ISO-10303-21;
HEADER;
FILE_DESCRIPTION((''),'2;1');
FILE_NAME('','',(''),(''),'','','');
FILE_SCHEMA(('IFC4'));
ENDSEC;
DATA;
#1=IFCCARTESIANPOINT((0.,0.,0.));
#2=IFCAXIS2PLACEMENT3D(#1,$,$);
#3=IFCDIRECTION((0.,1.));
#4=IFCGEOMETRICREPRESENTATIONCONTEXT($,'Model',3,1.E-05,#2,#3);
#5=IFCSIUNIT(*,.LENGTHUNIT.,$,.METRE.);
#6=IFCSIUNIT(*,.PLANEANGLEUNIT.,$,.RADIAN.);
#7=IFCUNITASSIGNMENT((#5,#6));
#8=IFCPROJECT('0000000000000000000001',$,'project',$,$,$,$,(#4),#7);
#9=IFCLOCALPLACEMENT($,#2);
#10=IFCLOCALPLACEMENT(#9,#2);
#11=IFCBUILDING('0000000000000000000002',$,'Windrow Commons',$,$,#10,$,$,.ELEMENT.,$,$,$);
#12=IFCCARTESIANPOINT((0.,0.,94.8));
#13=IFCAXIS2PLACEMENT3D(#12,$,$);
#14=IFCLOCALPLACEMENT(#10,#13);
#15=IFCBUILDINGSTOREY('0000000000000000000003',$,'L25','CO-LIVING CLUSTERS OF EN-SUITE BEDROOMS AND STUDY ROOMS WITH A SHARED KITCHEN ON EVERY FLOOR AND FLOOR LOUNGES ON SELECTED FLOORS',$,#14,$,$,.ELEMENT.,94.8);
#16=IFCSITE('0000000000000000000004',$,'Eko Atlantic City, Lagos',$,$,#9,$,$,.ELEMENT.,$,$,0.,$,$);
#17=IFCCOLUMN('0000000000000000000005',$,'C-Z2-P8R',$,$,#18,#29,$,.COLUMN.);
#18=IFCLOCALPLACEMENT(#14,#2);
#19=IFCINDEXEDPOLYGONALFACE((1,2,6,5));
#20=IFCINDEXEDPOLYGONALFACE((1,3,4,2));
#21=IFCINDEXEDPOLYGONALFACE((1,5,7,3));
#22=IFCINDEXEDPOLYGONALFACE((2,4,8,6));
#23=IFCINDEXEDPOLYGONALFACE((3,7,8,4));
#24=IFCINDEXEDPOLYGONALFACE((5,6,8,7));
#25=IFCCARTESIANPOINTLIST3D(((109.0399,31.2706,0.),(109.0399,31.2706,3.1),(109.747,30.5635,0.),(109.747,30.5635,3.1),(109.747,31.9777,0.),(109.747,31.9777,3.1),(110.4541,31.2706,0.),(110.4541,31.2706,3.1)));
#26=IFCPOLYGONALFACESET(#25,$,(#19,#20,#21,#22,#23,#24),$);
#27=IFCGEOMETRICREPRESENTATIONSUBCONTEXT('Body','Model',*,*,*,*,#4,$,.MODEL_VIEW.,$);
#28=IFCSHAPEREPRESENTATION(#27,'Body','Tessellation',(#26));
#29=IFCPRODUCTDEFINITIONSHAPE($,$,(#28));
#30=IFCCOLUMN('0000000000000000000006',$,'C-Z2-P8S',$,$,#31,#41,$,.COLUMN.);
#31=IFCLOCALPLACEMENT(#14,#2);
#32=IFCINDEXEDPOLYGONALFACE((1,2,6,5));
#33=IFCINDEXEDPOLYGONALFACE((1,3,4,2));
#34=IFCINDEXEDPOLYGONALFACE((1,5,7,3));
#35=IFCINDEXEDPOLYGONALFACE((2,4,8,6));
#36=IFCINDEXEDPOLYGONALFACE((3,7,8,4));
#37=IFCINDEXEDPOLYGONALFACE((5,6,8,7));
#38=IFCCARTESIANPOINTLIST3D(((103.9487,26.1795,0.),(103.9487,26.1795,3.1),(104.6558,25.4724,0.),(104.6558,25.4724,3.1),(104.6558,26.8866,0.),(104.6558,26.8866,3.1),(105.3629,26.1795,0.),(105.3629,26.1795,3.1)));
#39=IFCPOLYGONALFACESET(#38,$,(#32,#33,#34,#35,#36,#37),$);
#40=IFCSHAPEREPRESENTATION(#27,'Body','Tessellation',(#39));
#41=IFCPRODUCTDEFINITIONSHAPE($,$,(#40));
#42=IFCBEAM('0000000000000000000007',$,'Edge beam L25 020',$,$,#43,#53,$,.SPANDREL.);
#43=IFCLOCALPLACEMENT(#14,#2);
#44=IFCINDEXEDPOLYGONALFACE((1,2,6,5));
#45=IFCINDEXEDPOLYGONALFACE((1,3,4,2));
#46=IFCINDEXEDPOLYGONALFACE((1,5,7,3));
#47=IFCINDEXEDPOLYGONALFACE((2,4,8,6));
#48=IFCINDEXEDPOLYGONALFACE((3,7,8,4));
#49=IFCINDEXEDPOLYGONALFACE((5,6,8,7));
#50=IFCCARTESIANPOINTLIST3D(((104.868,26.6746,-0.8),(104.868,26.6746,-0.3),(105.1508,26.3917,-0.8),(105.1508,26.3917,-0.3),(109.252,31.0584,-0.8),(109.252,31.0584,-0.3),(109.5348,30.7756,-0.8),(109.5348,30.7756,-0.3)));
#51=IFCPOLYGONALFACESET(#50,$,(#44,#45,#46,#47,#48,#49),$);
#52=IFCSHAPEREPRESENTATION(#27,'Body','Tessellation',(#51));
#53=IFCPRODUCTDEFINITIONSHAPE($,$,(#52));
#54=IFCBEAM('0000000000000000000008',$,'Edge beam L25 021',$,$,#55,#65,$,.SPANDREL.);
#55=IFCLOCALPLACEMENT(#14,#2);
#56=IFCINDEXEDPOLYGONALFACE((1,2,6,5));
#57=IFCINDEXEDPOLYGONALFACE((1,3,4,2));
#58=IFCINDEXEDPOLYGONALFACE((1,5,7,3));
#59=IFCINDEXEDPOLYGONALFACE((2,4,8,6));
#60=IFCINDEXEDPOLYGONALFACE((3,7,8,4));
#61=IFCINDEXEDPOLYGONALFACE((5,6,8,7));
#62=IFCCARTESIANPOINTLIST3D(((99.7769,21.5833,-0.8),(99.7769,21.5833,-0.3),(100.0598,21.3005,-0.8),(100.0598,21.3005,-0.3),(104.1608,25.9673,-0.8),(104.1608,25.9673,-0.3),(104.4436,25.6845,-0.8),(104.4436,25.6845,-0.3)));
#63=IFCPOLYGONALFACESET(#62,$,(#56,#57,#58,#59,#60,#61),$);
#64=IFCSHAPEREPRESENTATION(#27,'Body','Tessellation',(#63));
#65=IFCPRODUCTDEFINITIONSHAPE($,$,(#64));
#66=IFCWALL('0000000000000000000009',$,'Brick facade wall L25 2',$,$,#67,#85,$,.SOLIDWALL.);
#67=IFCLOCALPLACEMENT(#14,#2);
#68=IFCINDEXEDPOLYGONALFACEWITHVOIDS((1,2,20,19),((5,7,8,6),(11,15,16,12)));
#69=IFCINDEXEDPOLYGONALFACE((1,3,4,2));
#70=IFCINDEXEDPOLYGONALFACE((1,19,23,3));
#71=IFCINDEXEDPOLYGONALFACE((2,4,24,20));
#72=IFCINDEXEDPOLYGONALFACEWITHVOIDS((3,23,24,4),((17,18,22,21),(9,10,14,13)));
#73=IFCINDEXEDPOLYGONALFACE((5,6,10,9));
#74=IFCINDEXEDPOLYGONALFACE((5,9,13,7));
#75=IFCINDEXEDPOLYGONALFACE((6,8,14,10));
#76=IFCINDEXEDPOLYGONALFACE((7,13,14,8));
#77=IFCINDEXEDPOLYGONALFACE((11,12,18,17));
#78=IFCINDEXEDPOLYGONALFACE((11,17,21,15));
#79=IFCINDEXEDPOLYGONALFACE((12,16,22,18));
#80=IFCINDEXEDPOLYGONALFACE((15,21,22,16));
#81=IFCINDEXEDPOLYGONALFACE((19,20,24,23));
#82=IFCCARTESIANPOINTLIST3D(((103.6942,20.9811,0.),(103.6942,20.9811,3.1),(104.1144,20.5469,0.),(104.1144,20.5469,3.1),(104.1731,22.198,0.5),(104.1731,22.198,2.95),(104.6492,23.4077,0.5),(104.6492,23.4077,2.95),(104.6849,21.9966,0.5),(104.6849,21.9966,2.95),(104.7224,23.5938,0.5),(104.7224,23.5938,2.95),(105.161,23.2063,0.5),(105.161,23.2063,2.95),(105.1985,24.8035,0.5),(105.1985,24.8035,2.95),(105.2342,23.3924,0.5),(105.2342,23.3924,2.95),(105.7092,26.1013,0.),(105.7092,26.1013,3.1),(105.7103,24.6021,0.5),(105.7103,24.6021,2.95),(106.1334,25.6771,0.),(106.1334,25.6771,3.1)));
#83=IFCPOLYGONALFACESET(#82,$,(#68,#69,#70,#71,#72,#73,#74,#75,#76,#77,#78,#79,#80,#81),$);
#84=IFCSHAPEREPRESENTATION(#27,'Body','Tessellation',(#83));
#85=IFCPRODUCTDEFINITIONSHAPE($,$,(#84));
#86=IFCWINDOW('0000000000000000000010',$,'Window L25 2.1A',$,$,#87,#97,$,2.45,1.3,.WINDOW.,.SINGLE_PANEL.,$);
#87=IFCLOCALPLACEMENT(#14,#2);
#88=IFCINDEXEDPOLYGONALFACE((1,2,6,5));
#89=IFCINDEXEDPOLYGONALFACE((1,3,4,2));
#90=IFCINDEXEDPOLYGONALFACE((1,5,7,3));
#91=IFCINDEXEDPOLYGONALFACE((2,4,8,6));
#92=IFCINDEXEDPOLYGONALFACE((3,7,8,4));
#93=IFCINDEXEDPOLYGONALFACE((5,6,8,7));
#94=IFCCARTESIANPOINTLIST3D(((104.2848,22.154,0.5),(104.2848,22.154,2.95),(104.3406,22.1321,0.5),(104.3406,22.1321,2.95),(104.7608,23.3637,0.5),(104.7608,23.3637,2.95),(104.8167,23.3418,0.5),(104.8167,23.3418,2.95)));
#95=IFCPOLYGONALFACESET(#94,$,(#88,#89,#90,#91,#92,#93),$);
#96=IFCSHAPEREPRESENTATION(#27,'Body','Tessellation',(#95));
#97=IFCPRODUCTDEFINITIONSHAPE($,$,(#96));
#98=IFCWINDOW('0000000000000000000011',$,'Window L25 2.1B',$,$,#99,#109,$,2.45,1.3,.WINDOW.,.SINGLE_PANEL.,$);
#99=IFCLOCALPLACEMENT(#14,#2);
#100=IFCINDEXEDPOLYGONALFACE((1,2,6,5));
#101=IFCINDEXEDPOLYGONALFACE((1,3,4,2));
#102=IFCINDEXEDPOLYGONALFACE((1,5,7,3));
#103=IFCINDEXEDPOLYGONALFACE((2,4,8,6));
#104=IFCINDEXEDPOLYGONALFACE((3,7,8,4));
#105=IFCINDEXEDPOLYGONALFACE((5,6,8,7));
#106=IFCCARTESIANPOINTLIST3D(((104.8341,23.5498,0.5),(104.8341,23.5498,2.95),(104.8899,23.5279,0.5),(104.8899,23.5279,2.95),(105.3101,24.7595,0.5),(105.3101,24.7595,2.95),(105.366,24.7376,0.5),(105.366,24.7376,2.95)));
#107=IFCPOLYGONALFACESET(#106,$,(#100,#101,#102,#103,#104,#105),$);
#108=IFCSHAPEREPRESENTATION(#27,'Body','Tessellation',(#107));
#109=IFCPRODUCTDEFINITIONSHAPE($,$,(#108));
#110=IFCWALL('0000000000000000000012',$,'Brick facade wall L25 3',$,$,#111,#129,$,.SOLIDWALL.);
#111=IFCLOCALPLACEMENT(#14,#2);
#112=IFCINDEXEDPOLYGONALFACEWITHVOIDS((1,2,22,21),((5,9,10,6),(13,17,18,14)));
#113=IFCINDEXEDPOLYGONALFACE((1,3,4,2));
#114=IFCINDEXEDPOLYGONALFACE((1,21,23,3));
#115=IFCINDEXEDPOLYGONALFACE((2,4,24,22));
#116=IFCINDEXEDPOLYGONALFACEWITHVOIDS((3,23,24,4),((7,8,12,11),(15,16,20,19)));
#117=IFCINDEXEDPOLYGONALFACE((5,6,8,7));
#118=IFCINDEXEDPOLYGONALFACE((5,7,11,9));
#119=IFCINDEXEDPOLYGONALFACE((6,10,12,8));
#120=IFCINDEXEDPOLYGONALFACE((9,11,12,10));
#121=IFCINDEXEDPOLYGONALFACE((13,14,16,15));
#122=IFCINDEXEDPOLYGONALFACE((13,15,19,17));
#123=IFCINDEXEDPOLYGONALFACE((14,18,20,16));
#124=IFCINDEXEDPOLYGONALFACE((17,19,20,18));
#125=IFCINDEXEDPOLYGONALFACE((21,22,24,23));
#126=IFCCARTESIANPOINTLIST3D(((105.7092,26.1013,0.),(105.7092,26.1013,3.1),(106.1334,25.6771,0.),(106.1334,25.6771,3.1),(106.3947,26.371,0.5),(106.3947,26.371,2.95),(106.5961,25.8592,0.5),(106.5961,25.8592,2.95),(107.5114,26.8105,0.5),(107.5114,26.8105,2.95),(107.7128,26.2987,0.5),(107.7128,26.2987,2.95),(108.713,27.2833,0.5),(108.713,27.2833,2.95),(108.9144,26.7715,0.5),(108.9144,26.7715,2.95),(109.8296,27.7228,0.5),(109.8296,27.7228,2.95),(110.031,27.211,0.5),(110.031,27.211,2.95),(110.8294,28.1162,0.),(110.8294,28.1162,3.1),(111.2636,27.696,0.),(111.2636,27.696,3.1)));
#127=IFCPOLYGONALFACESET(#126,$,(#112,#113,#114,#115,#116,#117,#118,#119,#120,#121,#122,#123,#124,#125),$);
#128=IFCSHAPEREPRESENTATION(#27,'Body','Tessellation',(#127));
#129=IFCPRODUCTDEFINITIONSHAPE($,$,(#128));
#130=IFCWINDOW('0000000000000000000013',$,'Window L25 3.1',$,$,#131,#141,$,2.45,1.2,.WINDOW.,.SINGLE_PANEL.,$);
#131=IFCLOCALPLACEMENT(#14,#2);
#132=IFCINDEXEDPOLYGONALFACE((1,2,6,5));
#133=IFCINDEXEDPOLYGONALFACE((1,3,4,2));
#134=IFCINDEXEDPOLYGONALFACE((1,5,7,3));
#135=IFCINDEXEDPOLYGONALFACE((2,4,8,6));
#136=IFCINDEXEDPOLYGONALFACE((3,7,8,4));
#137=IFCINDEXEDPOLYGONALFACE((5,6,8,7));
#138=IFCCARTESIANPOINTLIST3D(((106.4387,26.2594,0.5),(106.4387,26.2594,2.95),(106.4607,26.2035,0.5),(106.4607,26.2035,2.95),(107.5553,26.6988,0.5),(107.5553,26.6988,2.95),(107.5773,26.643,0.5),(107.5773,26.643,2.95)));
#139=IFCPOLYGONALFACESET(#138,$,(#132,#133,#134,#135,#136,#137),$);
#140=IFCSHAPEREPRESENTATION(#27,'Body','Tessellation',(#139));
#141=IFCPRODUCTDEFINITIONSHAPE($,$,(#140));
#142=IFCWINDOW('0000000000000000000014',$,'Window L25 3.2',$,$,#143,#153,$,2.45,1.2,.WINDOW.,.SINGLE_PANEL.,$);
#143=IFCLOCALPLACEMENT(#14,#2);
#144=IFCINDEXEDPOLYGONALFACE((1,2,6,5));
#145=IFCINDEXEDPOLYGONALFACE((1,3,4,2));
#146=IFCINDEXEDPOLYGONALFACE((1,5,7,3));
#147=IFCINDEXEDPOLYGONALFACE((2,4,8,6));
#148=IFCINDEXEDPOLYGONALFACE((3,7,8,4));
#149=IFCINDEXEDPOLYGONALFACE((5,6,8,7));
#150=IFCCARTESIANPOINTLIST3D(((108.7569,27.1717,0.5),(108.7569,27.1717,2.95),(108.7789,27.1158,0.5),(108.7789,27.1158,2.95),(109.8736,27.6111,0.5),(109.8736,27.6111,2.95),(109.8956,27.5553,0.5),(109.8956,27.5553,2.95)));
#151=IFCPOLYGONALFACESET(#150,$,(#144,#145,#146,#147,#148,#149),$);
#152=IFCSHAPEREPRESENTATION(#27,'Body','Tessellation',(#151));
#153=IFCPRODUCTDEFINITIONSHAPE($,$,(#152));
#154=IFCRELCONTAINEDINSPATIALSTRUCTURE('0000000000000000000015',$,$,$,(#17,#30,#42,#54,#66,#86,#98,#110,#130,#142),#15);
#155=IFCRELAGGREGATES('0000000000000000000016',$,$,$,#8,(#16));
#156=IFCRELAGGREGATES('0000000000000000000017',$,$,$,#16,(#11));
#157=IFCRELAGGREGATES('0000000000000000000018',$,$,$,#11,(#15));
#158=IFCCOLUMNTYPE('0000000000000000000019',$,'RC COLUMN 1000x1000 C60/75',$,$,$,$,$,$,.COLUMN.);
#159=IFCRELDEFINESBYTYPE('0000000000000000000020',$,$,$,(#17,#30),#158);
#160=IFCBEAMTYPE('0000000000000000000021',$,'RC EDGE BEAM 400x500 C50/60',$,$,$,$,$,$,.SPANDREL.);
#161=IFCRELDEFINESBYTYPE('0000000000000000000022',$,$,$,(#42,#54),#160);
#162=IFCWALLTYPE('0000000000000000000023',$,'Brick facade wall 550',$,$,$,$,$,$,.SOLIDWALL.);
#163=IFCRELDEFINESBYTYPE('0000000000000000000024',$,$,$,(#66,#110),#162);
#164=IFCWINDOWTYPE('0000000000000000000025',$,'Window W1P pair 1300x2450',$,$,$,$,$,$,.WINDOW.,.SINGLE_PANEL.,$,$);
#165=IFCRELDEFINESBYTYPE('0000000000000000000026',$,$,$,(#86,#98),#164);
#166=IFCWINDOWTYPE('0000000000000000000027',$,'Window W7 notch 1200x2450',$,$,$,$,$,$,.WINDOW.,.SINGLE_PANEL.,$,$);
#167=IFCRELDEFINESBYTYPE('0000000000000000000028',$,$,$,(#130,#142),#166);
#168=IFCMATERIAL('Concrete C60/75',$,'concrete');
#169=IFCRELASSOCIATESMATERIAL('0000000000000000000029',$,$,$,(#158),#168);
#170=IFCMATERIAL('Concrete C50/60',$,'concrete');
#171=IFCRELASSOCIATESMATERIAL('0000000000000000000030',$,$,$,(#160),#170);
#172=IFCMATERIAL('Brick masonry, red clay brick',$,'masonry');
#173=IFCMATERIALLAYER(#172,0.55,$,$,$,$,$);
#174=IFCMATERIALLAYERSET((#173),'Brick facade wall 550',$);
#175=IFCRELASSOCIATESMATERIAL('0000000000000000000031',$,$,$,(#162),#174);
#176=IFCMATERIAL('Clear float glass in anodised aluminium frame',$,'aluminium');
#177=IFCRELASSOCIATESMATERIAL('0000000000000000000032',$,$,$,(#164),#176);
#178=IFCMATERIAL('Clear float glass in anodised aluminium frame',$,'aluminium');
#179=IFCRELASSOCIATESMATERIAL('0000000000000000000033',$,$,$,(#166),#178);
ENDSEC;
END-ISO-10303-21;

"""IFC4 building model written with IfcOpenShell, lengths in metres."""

from ifc_helpers import new_model, si_unit, direction, frame, frame_2d, origin, origin_2d, place, context, subcontext, project, spatial, polyline, rectangle, outline, extrude, material, layer, layer_set, material_profile, profile_set, type_object, element, fill, save


model = new_model("IFC4")

# Units and contexts
model_context = context("Model", 3, precision=1e-05, world=origin(), true_north=direction((0.0, 1.0)))
body_context = subcontext(model_context, "Body", "Model", "MODEL_VIEW")
ifc_project = project(units=[si_unit("LENGTHUNIT", "METRE"), si_unit("PLANEANGLEUNIT", "RADIAN")], contexts=[model_context])

# Site, building, storey
site_placement = place(None, origin())
site = spatial("IfcSite", under=ifc_project, at=site_placement, Name="Eko Atlantic City, Lagos", CompositionType="ELEMENT", RefElevation=0.0)
building_placement = place(site_placement, origin())
building = spatial("IfcBuilding", under=site, at=building_placement, Name="Windrow Commons", CompositionType="ELEMENT")
storey_placement = place(building_placement, frame((0.0, 0.0, 94.8)))
storey = spatial("IfcBuildingStorey", under=building, at=storey_placement, Name="L25", Description="CO-LIVING CLUSTERS OF EN-SUITE BEDROOMS AND STUDY ROOMS WITH A SHARED KITCHEN ON EVERY FLOOR AND FLOOR LOUNGES ON SELECTED FLOORS", CompositionType="ELEMENT", Elevation=94.8)

# Columns
ifc_material_1 = material(Name="Concrete C60/75", Category="concrete")
ifc_material_profile_1 = material_profile(ifc_material_1, rectangle(XDim=1.0, YDim=1.0, at=origin_2d()))
ifc_profile_set_1 = profile_set([ifc_material_profile_1], Name="Concrete C60/75")
column_type = type_object("IfcColumnType", Name="RC COLUMN 1000x1000 C60/75", PredefinedType="COLUMN", material=ifc_profile_set_1)
for number, where, z_axis, x_axis, name in (
    (1, (109.747, 31.2706, 0.0), (0.0, 0.0, 1.0), (0.707107, -0.707107, 0.0), "C-Z2-P8R"),
    (2, (104.6558, 26.1795, 0.0), (0.0, 0.0, 1.0), (0.707107, -0.707107, 0.0), "C-Z2-P8S"),
):
    element("IfcColumn", number, at=place(storey_placement, frame(where, z_axis=z_axis, x_axis=x_axis)), inside=storey, type_object=column_type, Name=name, PredefinedType="COLUMN", context=body_context, shape_type="SweptSolid", body=[
        extrude(rectangle(XDim=1.0, YDim=1.0, at=origin_2d()), origin(), (0.0, 0.0, 1.0), 3.1),
    ])

# Beams
ifc_material_2 = material(Name="Concrete C50/60", Category="concrete")
ifc_material_profile_2 = material_profile(ifc_material_2, rectangle(XDim=0.4, YDim=0.5, at=origin_2d()))
ifc_profile_set_2 = profile_set([ifc_material_profile_2], Name="Concrete C50/60")
beam_type = type_object("IfcBeamType", Name="RC EDGE BEAM 400x500 C50/60", PredefinedType="SPANDREL", material=ifc_profile_set_2)
for number, where, z_axis, x_axis, name in (
    (3, (109.3934, 30.917, -0.55), (-0.707115, -0.707099, 0.0), (0.707099, -0.707115, 0.0), "Edge beam L25 020"),
    (4, (104.3022, 25.8259, -0.55), (-0.707099, -0.707115, 0.0), (0.707115, -0.707099, 0.0), "Edge beam L25 021"),
):
    element("IfcBeam", number, at=place(storey_placement, frame(where, z_axis=z_axis, x_axis=x_axis)), inside=storey, type_object=beam_type, Name=name, PredefinedType="SPANDREL", context=body_context, shape_type="SweptSolid", body=[
        extrude(rectangle(XDim=0.4, YDim=0.5, at=origin_2d()), origin(), (0.0, 0.0, 1.0), 6.1998),
    ])

# Walls, openings, windows
ifc_material_3 = material(Name="Brick masonry, red clay brick", Category="masonry")
ifc_layer_1 = layer(ifc_material_3, 0.55)
ifc_layer_set_1 = layer_set([ifc_layer_1], Name="Brick facade wall 550")
wall_type_1 = type_object("IfcWallType", Name="Brick facade wall 550", PredefinedType="SOLIDWALL", material=ifc_layer_set_1)
wall_1_placement = place(storey_placement, frame((103.9043, 20.764, 0.0), z_axis=(0.0, 0.0, 1.0), x_axis=(0.366207, 0.930533, 0.0)))
wall_1 = element("IfcWall", 5, at=wall_1_placement, inside=storey, type_object=wall_type_1, Name="Brick facade wall L25 2", PredefinedType="SOLIDWALL", context=body_context, shape_type="SweptSolid", body=[
    extrude(outline(polyline([(-0.1251, -0.275), (5.3881, -0.275), (5.6275, 0.275), (0.1251, 0.275), (-0.1251, -0.275)])), origin(), (0.0, 0.0, 1.0), 3.1),
])
opening_1_placement = place(wall_1_placement, frame((1.4328, 0.0, 0.5)))
opening_1 = element("IfcOpeningElement", 6, at=opening_1_placement, cuts=wall_1, PredefinedType="OPENING", context=body_context, shape_type="SweptSolid", body=[
    extrude(rectangle(XDim=1.3, YDim=2.45, at=frame_2d((0.65, 1.225))), frame((0.0, 0.285, 0.0), z_axis=(0.0, -1.0, 0.0), x_axis=(1.0, 0.0, 0.0)), (0.0, 0.0, 1.0), 0.57),
])
opening_2_placement = place(wall_1_placement, frame((2.9328, 0.0, 0.5)))
opening_2 = element("IfcOpeningElement", 7, at=opening_2_placement, cuts=wall_1, PredefinedType="OPENING", context=body_context, shape_type="SweptSolid", body=[
    extrude(rectangle(XDim=1.3, YDim=2.45, at=frame_2d((0.65, 1.225))), frame((0.0, 0.285, 0.0), z_axis=(0.0, -1.0, 0.0), x_axis=(1.0, 0.0, 0.0)), (0.0, 0.0, 1.0), 0.57),
])
ifc_material_4 = material(Name="Clear float glass in anodised aluminium frame", Category="aluminium")
window_type_1 = type_object("IfcWindowType", Name="Window W1P pair 1300x2450", PartitioningType="SINGLE_PANEL", PredefinedType="WINDOW", material=ifc_material_4)
window_1_placement = place(opening_1_placement, origin())
window_1 = element("IfcWindow", 8, at=window_1_placement, inside=storey, type_object=window_type_1, Name="Window L25 2.1A", OverallHeight=2.45, OverallWidth=1.3, PartitioningType="SINGLE_PANEL", PredefinedType="WINDOW", context=body_context, shape_type="SweptSolid", body=[
    extrude(rectangle(XDim=1.3, YDim=2.45, at=frame_2d((0.65, 1.225))), frame((0.0, 0.155, 0.0), z_axis=(0.0, -1.0, 0.0), x_axis=(1.0, 0.0, 0.0)), (0.0, 0.0, 1.0), 0.06),
])
fill(opening_1, window_1)
window_2_placement = place(opening_2_placement, origin())
window_2 = element("IfcWindow", 9, at=window_2_placement, inside=storey, type_object=window_type_1, Name="Window L25 2.1B", OverallHeight=2.45, OverallWidth=1.3, PartitioningType="SINGLE_PANEL", PredefinedType="WINDOW", context=body_context, shape_type="SweptSolid", body=[
    extrude(rectangle(XDim=1.3, YDim=2.45, at=frame_2d((0.65, 1.225))), frame((0.0, 0.155, 0.0), z_axis=(0.0, -1.0, 0.0), x_axis=(1.0, 0.0, 0.0)), (0.0, 0.0, 1.0), 0.06),
])
fill(opening_2, window_2)
wall_2_placement = place(storey_placement, frame((105.9213, 25.8892, 0.0), z_axis=(0.0, 0.0, 1.0), x_axis=(0.930539, 0.366192, 0.0)))
wall_2 = element("IfcWall", 10, at=wall_2_placement, inside=storey, type_object=wall_type_1, Name="Brick facade wall L25 3", PredefinedType="SOLIDWALL", context=body_context, shape_type="SweptSolid", body=[
    extrude(outline(polyline([(0.1197, -0.275), (5.6329, -0.275), (5.3827, 0.275), (-0.1197, 0.275), (0.1197, -0.275)])), origin(), (0.0, 0.0, 1.0), 3.1),
])
opening_3_placement = place(wall_2_placement, frame((0.617, 0.0, 0.5)))
opening_3 = element("IfcOpeningElement", 11, at=opening_3_placement, cuts=wall_2, PredefinedType="OPENING", context=body_context, shape_type="SweptSolid", body=[
    extrude(rectangle(XDim=1.2, YDim=2.45, at=frame_2d((0.6, 1.225))), frame((0.0, 0.285, 0.0), z_axis=(0.0, -1.0, 0.0), x_axis=(1.0, 0.0, 0.0)), (0.0, 0.0, 1.0), 0.57),
])
opening_4_placement = place(wall_2_placement, frame((3.1083, 0.0, 0.5)))
opening_4 = element("IfcOpeningElement", 12, at=opening_4_placement, cuts=wall_2, PredefinedType="OPENING", context=body_context, shape_type="SweptSolid", body=[
    extrude(rectangle(XDim=1.2, YDim=2.45, at=frame_2d((0.6, 1.225))), frame((0.0, 0.285, 0.0), z_axis=(0.0, -1.0, 0.0), x_axis=(1.0, 0.0, 0.0)), (0.0, 0.0, 1.0), 0.57),
])
ifc_material_5 = material(Name="Clear float glass in anodised aluminium frame", Category="aluminium")
window_type_2 = type_object("IfcWindowType", Name="Window W7 notch 1200x2450", PartitioningType="SINGLE_PANEL", PredefinedType="WINDOW", material=ifc_material_5)
window_3_placement = place(opening_3_placement, origin())
window_3 = element("IfcWindow", 13, at=window_3_placement, inside=storey, type_object=window_type_2, Name="Window L25 3.1", OverallHeight=2.45, OverallWidth=1.2, PartitioningType="SINGLE_PANEL", PredefinedType="WINDOW", context=body_context, shape_type="SweptSolid", body=[
    extrude(rectangle(XDim=1.2, YDim=2.45, at=frame_2d((0.6, 1.225))), frame((0.0, 0.155, 0.0), z_axis=(0.0, -1.0, 0.0), x_axis=(1.0, 0.0, 0.0)), (0.0, 0.0, 1.0), 0.06),
])
fill(opening_3, window_3)
window_4_placement = place(opening_4_placement, origin())
window_4 = element("IfcWindow", 14, at=window_4_placement, inside=storey, type_object=window_type_2, Name="Window L25 3.2", OverallHeight=2.45, OverallWidth=1.2, PartitioningType="SINGLE_PANEL", PredefinedType="WINDOW", context=body_context, shape_type="SweptSolid", body=[
    extrude(rectangle(XDim=1.2, YDim=2.45, at=frame_2d((0.6, 1.225))), frame((0.0, 0.155, 0.0), z_axis=(0.0, -1.0, 0.0), x_axis=(1.0, 0.0, 0.0)), (0.0, 0.0, 1.0), 0.06),
])
fill(opening_4, window_4)

save(model, "model.ifc")
